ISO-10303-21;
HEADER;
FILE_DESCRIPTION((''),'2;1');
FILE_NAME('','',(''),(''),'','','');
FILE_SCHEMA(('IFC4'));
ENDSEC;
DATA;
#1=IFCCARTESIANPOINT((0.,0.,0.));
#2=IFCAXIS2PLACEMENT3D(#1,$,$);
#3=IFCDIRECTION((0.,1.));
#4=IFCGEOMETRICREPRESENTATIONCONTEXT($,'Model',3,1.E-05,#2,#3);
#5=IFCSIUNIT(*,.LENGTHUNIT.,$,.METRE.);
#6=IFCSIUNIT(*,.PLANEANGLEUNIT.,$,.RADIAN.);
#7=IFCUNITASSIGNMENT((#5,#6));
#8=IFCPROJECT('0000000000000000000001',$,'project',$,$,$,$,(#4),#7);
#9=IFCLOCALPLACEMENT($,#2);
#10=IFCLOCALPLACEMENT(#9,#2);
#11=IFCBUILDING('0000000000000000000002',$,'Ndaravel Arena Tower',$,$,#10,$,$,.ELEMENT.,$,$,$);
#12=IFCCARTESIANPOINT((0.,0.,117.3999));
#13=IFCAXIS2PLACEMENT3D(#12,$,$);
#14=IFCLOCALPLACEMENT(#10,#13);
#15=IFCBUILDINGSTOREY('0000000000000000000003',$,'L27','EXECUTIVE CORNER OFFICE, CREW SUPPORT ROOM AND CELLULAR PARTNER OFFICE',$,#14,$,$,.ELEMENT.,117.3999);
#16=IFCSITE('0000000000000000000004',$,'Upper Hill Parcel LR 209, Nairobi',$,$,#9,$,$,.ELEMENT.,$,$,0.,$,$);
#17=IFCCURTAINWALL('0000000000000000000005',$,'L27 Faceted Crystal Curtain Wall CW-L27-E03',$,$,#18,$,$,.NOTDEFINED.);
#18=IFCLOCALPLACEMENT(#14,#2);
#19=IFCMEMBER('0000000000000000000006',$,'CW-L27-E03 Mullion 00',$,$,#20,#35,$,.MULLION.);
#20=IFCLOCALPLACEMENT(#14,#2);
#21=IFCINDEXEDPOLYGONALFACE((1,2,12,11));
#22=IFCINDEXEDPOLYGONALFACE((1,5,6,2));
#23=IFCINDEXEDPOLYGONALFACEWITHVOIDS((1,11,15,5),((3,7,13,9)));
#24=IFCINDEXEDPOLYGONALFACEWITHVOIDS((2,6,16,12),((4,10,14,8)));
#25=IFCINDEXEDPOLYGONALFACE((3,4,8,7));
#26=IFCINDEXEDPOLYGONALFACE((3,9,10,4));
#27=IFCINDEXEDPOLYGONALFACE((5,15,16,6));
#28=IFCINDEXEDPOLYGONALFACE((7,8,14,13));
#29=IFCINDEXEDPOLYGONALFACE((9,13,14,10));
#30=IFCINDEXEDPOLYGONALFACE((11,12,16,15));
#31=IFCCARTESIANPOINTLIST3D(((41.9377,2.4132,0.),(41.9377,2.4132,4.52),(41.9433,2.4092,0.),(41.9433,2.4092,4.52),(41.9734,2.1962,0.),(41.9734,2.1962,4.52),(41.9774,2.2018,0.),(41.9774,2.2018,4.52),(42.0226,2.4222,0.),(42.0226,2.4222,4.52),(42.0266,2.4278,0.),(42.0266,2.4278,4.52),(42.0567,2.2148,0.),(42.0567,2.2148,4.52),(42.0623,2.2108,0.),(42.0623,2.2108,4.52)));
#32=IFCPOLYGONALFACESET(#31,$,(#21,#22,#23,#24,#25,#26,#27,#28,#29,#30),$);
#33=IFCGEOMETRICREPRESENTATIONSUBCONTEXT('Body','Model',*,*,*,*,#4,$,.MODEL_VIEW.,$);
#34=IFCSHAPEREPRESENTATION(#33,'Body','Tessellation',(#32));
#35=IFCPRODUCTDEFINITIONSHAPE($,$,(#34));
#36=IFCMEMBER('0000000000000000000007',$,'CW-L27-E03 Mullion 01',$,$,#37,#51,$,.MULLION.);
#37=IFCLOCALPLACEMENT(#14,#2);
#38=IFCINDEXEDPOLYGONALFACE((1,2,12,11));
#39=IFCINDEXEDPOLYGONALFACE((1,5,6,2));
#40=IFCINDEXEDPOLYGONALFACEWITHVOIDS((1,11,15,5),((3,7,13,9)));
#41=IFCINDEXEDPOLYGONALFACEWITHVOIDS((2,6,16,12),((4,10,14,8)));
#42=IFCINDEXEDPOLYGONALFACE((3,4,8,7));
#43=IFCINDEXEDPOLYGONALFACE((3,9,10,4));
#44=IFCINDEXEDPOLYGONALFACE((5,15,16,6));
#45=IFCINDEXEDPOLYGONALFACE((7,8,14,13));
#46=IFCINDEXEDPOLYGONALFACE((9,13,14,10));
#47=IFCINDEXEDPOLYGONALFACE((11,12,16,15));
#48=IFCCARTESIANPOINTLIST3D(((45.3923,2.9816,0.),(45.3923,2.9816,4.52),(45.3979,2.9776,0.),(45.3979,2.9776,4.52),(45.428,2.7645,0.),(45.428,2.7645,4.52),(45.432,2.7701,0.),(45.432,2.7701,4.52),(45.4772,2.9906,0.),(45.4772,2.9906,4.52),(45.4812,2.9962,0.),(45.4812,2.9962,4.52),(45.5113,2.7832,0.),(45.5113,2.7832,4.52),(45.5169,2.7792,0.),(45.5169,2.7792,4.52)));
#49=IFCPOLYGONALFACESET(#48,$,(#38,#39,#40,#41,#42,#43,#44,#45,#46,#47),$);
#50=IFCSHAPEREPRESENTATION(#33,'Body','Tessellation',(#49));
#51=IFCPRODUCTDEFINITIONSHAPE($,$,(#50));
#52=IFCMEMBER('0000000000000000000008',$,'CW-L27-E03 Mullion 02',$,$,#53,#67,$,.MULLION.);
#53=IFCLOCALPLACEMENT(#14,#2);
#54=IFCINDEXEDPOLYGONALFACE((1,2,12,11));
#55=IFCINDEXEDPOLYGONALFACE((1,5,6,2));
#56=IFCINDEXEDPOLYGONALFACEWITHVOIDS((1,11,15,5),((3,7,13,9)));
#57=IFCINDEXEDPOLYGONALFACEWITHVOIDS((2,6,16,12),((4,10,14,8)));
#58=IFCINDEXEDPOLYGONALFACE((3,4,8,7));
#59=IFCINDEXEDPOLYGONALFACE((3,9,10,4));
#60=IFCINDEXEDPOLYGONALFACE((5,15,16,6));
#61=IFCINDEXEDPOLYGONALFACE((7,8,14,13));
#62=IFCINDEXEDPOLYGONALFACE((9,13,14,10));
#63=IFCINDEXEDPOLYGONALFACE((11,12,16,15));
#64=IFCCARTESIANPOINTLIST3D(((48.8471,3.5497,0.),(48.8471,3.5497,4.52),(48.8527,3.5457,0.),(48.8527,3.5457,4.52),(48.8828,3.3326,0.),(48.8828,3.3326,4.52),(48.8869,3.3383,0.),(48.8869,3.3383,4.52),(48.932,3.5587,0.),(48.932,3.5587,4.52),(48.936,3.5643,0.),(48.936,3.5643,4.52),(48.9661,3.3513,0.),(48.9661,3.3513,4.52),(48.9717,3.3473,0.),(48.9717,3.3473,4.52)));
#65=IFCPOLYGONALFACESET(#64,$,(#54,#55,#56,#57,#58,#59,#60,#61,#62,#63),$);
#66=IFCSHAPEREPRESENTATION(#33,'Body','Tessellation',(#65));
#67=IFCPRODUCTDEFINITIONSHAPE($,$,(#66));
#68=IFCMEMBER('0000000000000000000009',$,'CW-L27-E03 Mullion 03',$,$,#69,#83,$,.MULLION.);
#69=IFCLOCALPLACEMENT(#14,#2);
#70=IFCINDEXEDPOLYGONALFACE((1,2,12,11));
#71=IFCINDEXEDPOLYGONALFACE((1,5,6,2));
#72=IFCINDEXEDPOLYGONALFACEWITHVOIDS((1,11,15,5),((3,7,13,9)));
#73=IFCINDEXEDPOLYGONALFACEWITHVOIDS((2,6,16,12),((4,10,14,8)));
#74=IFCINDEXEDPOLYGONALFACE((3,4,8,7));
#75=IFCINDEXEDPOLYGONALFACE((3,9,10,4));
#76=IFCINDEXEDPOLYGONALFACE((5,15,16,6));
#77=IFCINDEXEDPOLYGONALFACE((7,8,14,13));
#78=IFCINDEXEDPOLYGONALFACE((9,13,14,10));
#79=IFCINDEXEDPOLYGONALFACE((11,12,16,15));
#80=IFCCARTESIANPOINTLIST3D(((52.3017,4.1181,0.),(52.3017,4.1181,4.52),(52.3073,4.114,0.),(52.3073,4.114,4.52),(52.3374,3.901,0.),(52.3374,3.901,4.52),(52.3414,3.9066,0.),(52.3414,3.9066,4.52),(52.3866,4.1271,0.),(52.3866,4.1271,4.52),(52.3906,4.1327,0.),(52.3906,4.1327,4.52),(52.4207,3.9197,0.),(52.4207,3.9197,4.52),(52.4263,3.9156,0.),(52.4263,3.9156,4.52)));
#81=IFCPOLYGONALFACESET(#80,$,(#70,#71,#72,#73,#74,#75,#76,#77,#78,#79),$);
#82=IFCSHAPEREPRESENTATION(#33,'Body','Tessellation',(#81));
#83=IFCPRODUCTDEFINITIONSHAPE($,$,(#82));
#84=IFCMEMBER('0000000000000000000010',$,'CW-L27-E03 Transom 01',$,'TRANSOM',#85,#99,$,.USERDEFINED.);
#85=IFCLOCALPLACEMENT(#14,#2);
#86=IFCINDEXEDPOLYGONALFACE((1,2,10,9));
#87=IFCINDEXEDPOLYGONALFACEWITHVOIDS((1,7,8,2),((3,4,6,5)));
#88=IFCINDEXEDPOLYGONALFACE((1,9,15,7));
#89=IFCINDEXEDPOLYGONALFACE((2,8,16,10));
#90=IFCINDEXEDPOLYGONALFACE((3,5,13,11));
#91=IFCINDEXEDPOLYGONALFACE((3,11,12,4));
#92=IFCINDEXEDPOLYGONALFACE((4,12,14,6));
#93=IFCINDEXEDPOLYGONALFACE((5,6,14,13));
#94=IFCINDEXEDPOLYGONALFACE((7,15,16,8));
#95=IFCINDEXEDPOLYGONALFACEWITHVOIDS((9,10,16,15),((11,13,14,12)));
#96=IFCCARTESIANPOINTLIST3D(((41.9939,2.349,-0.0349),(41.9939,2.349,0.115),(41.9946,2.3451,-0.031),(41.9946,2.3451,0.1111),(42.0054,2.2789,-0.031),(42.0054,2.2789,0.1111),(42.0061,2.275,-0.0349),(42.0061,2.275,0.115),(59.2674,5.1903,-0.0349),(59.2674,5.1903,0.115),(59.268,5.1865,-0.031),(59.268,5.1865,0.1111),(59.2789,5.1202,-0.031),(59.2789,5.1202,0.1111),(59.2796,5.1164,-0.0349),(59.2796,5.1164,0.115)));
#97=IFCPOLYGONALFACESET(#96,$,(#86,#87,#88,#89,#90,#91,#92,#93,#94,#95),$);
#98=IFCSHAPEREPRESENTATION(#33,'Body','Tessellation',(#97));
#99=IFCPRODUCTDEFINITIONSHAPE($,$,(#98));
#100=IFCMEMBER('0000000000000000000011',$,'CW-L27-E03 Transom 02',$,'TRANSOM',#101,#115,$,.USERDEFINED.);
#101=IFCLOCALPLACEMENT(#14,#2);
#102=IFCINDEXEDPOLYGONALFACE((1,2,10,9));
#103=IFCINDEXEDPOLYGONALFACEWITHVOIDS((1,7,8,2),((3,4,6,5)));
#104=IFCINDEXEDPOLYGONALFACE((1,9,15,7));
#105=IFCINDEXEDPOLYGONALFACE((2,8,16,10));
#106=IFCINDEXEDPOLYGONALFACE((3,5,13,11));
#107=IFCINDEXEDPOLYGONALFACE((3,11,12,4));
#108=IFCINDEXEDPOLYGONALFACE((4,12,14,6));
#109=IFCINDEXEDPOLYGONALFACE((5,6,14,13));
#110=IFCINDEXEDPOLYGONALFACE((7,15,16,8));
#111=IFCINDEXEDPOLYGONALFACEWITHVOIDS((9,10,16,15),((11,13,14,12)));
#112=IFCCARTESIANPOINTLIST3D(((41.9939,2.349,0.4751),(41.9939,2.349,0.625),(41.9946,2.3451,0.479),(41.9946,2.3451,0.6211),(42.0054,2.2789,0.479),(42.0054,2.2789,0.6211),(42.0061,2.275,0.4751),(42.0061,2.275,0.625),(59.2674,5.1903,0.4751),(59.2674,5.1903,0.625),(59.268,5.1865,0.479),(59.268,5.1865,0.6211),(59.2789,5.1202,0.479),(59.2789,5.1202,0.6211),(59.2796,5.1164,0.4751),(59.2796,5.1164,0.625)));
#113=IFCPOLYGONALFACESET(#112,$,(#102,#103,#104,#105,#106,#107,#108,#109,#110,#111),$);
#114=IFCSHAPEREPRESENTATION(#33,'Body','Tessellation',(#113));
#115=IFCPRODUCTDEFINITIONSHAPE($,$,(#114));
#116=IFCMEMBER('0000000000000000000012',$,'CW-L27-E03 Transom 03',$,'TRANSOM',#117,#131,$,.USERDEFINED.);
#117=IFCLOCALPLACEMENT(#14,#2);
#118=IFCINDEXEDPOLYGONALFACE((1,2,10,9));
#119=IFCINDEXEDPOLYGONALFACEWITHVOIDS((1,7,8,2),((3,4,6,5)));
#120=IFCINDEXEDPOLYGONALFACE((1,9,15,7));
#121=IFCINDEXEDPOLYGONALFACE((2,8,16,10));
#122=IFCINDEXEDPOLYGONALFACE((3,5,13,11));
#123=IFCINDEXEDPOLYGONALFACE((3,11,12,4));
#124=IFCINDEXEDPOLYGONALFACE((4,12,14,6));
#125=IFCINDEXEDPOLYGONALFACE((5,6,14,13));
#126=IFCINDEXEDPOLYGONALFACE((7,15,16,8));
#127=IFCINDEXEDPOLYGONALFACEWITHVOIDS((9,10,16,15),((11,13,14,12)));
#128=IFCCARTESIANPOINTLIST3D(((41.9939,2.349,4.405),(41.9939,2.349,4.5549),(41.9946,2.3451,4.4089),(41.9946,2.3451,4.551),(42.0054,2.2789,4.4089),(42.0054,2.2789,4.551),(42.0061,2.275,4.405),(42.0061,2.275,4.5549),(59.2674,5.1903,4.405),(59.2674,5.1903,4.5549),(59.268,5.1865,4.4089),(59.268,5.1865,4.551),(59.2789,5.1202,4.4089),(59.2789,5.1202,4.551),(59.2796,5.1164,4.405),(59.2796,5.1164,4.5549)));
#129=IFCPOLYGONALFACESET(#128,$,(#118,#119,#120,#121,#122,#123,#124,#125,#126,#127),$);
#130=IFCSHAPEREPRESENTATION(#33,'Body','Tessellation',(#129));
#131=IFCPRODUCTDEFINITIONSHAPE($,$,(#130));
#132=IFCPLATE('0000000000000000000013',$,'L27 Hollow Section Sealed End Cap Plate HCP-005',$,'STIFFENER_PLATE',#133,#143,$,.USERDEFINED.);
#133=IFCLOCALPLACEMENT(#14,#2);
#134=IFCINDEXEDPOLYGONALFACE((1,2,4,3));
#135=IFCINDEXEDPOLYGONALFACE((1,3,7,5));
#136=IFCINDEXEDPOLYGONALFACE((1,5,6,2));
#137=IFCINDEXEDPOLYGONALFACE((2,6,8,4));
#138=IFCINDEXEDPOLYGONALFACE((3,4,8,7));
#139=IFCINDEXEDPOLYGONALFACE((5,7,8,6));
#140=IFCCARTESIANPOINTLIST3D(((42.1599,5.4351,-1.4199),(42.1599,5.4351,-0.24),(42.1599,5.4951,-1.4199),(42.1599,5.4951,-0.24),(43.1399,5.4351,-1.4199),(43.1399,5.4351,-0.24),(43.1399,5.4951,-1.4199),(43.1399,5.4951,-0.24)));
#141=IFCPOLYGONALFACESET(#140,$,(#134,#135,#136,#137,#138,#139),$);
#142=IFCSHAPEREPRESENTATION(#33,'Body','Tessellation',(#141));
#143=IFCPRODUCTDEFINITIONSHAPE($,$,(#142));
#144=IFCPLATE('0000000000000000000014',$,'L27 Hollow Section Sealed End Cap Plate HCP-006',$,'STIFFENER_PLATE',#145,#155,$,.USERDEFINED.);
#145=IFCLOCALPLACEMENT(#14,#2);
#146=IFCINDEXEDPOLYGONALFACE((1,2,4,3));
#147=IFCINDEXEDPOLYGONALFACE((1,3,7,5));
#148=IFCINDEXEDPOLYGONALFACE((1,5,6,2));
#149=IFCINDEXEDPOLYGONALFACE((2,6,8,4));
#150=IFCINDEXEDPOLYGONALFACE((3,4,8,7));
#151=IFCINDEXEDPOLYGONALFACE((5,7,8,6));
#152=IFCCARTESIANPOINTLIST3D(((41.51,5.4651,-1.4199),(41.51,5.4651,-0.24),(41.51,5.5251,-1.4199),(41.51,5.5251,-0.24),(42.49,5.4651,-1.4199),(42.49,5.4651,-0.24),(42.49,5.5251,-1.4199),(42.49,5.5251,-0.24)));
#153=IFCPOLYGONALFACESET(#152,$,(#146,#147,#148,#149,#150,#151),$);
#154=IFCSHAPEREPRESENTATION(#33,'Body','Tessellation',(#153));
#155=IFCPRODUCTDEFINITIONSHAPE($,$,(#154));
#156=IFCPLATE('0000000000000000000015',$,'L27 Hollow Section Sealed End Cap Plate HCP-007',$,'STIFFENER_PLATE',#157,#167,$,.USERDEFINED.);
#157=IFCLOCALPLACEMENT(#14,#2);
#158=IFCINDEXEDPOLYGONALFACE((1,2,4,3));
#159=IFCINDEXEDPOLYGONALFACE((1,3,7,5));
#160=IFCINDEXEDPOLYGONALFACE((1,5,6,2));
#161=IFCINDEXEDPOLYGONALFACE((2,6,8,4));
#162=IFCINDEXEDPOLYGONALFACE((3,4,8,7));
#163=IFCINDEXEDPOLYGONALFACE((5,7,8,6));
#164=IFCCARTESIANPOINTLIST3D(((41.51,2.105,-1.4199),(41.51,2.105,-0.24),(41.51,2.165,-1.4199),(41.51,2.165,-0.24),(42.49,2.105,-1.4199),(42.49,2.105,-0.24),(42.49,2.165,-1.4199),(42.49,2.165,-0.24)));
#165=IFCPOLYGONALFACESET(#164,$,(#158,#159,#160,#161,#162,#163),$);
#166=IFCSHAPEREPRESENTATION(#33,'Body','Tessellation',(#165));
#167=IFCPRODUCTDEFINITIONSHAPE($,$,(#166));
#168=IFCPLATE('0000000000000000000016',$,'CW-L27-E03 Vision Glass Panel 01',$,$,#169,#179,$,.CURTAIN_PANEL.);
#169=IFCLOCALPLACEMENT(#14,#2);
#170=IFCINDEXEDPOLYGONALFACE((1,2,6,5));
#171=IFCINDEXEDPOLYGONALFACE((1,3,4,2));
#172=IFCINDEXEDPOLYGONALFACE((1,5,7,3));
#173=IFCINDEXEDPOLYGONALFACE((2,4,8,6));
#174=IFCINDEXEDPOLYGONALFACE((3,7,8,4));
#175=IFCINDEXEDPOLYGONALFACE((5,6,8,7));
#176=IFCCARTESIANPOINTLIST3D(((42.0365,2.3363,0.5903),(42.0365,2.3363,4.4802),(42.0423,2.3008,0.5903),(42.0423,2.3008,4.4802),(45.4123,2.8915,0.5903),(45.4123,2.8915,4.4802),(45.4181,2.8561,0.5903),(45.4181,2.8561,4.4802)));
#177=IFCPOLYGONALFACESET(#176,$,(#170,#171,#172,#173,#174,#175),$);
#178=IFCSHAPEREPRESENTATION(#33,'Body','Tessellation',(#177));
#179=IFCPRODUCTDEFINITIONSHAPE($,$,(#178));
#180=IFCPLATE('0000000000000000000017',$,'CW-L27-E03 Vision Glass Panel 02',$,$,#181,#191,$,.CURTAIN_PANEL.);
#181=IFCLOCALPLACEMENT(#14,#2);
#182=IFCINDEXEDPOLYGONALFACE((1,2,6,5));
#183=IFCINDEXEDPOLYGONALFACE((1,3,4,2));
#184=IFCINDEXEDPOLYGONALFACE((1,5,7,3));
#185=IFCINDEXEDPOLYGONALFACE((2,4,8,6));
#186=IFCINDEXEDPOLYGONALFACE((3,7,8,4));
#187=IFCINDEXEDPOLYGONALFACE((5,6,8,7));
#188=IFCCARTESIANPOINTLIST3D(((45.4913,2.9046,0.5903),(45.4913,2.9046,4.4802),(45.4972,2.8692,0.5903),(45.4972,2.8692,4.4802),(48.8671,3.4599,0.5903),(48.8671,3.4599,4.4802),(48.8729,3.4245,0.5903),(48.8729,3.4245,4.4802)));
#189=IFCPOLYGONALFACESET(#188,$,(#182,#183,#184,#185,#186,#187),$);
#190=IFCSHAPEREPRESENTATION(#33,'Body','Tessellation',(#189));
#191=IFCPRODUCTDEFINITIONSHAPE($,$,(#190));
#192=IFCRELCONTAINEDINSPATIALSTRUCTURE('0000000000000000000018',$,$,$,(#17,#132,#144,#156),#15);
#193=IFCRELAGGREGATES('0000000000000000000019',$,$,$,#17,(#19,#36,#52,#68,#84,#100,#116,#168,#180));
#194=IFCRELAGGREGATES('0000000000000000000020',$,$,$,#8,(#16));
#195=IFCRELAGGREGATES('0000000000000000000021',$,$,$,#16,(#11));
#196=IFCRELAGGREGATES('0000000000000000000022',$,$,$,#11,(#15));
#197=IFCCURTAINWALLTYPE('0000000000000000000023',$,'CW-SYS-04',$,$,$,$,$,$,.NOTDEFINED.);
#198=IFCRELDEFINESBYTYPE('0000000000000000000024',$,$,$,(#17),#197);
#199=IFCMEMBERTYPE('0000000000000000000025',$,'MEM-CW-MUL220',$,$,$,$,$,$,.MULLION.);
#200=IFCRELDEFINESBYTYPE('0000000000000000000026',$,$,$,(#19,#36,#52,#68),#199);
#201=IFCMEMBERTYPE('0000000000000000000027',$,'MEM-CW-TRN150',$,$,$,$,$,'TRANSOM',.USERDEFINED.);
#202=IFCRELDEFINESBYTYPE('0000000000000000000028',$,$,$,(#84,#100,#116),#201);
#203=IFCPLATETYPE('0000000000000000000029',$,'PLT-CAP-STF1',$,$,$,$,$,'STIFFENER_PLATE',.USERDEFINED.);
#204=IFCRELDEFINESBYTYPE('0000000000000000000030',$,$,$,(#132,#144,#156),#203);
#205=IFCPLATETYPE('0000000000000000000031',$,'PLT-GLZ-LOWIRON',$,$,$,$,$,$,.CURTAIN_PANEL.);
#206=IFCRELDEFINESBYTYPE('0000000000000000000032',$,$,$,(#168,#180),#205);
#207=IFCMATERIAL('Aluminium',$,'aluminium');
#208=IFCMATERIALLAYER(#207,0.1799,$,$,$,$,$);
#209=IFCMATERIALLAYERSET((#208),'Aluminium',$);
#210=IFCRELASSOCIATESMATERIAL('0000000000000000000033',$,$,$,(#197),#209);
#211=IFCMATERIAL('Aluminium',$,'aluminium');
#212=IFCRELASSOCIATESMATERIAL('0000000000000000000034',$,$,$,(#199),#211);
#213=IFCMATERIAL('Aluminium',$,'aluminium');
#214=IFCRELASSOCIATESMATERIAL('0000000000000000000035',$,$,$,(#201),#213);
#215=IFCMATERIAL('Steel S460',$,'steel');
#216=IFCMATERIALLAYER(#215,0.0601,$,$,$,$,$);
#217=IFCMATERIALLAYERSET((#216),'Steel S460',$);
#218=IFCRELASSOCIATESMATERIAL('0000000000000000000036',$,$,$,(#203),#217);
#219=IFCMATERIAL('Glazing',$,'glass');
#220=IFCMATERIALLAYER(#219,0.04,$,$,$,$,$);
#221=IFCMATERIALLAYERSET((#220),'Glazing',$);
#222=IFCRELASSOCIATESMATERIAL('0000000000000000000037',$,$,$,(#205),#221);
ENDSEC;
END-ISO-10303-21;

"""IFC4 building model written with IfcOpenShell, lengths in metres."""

from ifc_helpers import new_model, si_unit, direction, frame, origin, origin_2d, place, context, subcontext, project, spatial, rectangle, hollow_rectangle, extrude, material, layer, layer_set, material_profile, profile_set, type_object, element, aggregate, save


model = new_model("IFC4")

# Units and contexts
model_context = context("Model", 3, precision=1e-05, world=origin(), true_north=direction((0.0, 1.0)))
body_context = subcontext(model_context, "Body", "Model", "MODEL_VIEW")
ifc_project = project(units=[si_unit("LENGTHUNIT", "METRE"), si_unit("PLANEANGLEUNIT", "RADIAN")], contexts=[model_context])

# Site, building, storey
site_placement = place(None, origin())
site = spatial("IfcSite", under=ifc_project, at=site_placement, Name="Upper Hill Parcel LR 209, Nairobi", CompositionType="ELEMENT", RefElevation=0.0)
building_placement = place(site_placement, origin())
building = spatial("IfcBuilding", under=site, at=building_placement, Name="Ndaravel Arena Tower", CompositionType="ELEMENT")
storey_placement = place(building_placement, frame((0.0, 0.0, 117.3999)))
storey = spatial("IfcBuildingStorey", under=building, at=storey_placement, Name="L27", Description="EXECUTIVE CORNER OFFICE, CREW SUPPORT ROOM AND CELLULAR PARTNER OFFICE", CompositionType="ELEMENT", Elevation=117.3999)

# Curtain wall, members
ifc_material_1 = material(Name="Aluminium", Category="aluminium")
ifc_layer_1 = layer(ifc_material_1, 0.1799)
ifc_layer_set_1 = layer_set([ifc_layer_1], Name="Aluminium")
curtain_wall_type = type_object("IfcCurtainWallType", Name="CW-SYS-04", PredefinedType="NOTDEFINED", material=ifc_layer_set_1)
curtain_wall_placement = place(storey_placement, origin())
curtain_wall = element("IfcCurtainWall", 1, at=curtain_wall_placement, inside=storey, type_object=curtain_wall_type, Name="L27 Faceted Crystal Curtain Wall CW-L27-E03", PredefinedType="NOTDEFINED")
ifc_material_2 = material(Name="Aluminium", Category="aluminium")
ifc_material_profile_1 = material_profile(ifc_material_2, hollow_rectangle(XDim=0.0901, YDim=0.22, WallThickness=0.0049, at=origin_2d()), Name="CW MULLION 90x220x5")
ifc_profile_set_1 = profile_set([ifc_material_profile_1], Name="Aluminium")
member_type_1 = type_object("IfcMemberType", Name="MEM-CW-MUL220", PredefinedType="MULLION", material=ifc_profile_set_1)
member_1_placement = place(storey_placement, frame((42.0, 2.312, 0.0), z_axis=(0.0, 0.0, 1.0), x_axis=(0.98674, 0.16231, 0.0)))
member_1 = element("IfcMember", 2, at=member_1_placement, type_object=member_type_1, Name="CW-L27-E03 Mullion 00", PredefinedType="MULLION", context=body_context, shape_type="SweptSolid", body=[
    extrude(hollow_rectangle(XDim=0.0901, YDim=0.22, WallThickness=0.0049, at=origin_2d()), origin(), (0.0, 0.0, 1.0), 4.52),
])
member_2_placement = place(storey_placement, frame((45.4546, 2.8804, 0.0), z_axis=(0.0, 0.0, 1.0), x_axis=(0.98674, 0.16231, 0.0)))
member_2 = element("IfcMember", 3, at=member_2_placement, type_object=member_type_1, Name="CW-L27-E03 Mullion 01", PredefinedType="MULLION", context=body_context, shape_type="SweptSolid", body=[
    extrude(hollow_rectangle(XDim=0.0901, YDim=0.22, WallThickness=0.0049, at=origin_2d()), origin(), (0.0, 0.0, 1.0), 4.52),
])
member_3_placement = place(storey_placement, frame((48.9094, 3.4485, 0.0), z_axis=(0.0, 0.0, 1.0), x_axis=(0.98674, 0.16231, 0.0)))
member_3 = element("IfcMember", 4, at=member_3_placement, type_object=member_type_1, Name="CW-L27-E03 Mullion 02", PredefinedType="MULLION", context=body_context, shape_type="SweptSolid", body=[
    extrude(hollow_rectangle(XDim=0.0901, YDim=0.22, WallThickness=0.0049, at=origin_2d()), origin(), (0.0, 0.0, 1.0), 4.52),
])
member_4_placement = place(storey_placement, frame((52.364, 4.0168, 0.0), z_axis=(0.0, 0.0, 1.0), x_axis=(0.98674, 0.16231, 0.0)))
member_4 = element("IfcMember", 5, at=member_4_placement, type_object=member_type_1, Name="CW-L27-E03 Mullion 03", PredefinedType="MULLION", context=body_context, shape_type="SweptSolid", body=[
    extrude(hollow_rectangle(XDim=0.0901, YDim=0.22, WallThickness=0.0049, at=origin_2d()), origin(), (0.0, 0.0, 1.0), 4.52),
])
ifc_material_3 = material(Name="Aluminium", Category="aluminium")
ifc_material_profile_2 = material_profile(ifc_material_3, hollow_rectangle(XDim=0.075, YDim=0.1499, WallThickness=0.0039, at=origin_2d()), Name="CW TRANSOM 75x150x4")
ifc_profile_set_2 = profile_set([ifc_material_profile_2], Name="Aluminium")
member_type_2 = type_object("IfcMemberType", Name="MEM-CW-TRN150", ElementType="TRANSOM", PredefinedType="USERDEFINED", material=ifc_profile_set_2)
member_5_placement = place(storey_placement, frame((42.0, 2.312, 0.04), z_axis=(0.98674, 0.162309, 0.0), x_axis=(-0.162309, 0.98674, 0.0)))
member_5 = element("IfcMember", 6, at=member_5_placement, type_object=member_type_2, Name="CW-L27-E03 Transom 01", ObjectType="TRANSOM", PredefinedType="USERDEFINED", context=body_context, shape_type="SweptSolid", body=[
    extrude(hollow_rectangle(XDim=0.075, YDim=0.1499, WallThickness=0.0039, at=origin_2d()), origin(), (0.0, 0.0, 1.0), 17.5056),
])
member_6_placement = place(storey_placement, frame((42.0, 2.312, 0.55), z_axis=(0.98674, 0.162309, 0.0), x_axis=(-0.162309, 0.98674, 0.0)))
member_6 = element("IfcMember", 7, at=member_6_placement, type_object=member_type_2, Name="CW-L27-E03 Transom 02", ObjectType="TRANSOM", PredefinedType="USERDEFINED", context=body_context, shape_type="SweptSolid", body=[
    extrude(hollow_rectangle(XDim=0.075, YDim=0.1499, WallThickness=0.0039, at=origin_2d()), origin(), (0.0, 0.0, 1.0), 17.5056),
])
member_7_placement = place(storey_placement, frame((42.0, 2.312, 4.48), z_axis=(0.98674, 0.162309, 0.0), x_axis=(-0.162309, 0.98674, 0.0)))
member_7 = element("IfcMember", 8, at=member_7_placement, type_object=member_type_2, Name="CW-L27-E03 Transom 03", ObjectType="TRANSOM", PredefinedType="USERDEFINED", context=body_context, shape_type="SweptSolid", body=[
    extrude(hollow_rectangle(XDim=0.075, YDim=0.1499, WallThickness=0.0039, at=origin_2d()), origin(), (0.0, 0.0, 1.0), 17.5056),
])

# Plates
ifc_material_4 = material(Name="Steel S460", Category="steel")
ifc_layer_2 = layer(ifc_material_4, 0.0601)
ifc_layer_set_2 = layer_set([ifc_layer_2], Name="Steel S460")
plate_type_1 = type_object("IfcPlateType", Name="PLT-CAP-STF1", ElementType="STIFFENER_PLATE", PredefinedType="USERDEFINED", material=ifc_layer_set_2)
for number, where, z_axis, x_axis, name in (
    (9, (42.6499, 5.4651, -1.4199), (0.0, 0.0, 1.0), (0.0, -1.0, 0.0), "L27 Hollow Section Sealed End Cap Plate HCP-005"),
    (10, (42.0, 5.4951, -1.4199), (0.0, 0.0, 1.0), (0.0, -1.0, 0.0), "L27 Hollow Section Sealed End Cap Plate HCP-006"),
    (11, (42.0, 2.135, -1.4199), (0.0, 0.0, 1.0), (0.0, -1.0, 0.0), "L27 Hollow Section Sealed End Cap Plate HCP-007"),
):
    element("IfcPlate", number, at=place(storey_placement, frame(where, z_axis=z_axis, x_axis=x_axis)), inside=storey, type_object=plate_type_1, Name=name, ObjectType="STIFFENER_PLATE", PredefinedType="USERDEFINED", context=body_context, shape_type="SweptSolid", body=[
        extrude(rectangle(XDim=0.0601, YDim=0.98, at=origin_2d()), origin(), (0.0, 0.0, 1.0), 1.1799),
    ])

# Plates
ifc_material_5 = material(Name="Glazing", Category="glass")
ifc_layer_3 = layer(ifc_material_5, 0.04)
ifc_layer_set_3 = layer_set([ifc_layer_3], Name="Glazing")
plate_type_2 = type_object("IfcPlateType", Name="PLT-GLZ-LOWIRON", PredefinedType="CURTAIN_PANEL", material=ifc_layer_set_3)
plate_1_placement = place(storey_placement, frame((43.7273, 2.5962, 0.5903), z_axis=(0.0, 0.0, 1.0), x_axis=(0.98674, 0.16231, 0.0)))
plate_1 = element("IfcPlate", 12, at=plate_1_placement, type_object=plate_type_2, Name="CW-L27-E03 Vision Glass Panel 01", PredefinedType="CURTAIN_PANEL", context=body_context, shape_type="SweptSolid", body=[
    extrude(rectangle(XDim=3.4211, YDim=0.0359, at=origin_2d()), origin(), (0.0, 0.0, 1.0), 3.8899),
])
plate_2_placement = place(storey_placement, frame((47.1821, 3.1646, 0.5903), z_axis=(0.0, 0.0, 1.0), x_axis=(0.98674, 0.16231, 0.0)))
plate_2 = element("IfcPlate", 13, at=plate_2_placement, type_object=plate_type_2, Name="CW-L27-E03 Vision Glass Panel 02", PredefinedType="CURTAIN_PANEL", context=body_context, shape_type="SweptSolid", body=[
    extrude(rectangle(XDim=3.4211, YDim=0.0359, at=origin_2d()), origin(), (0.0, 0.0, 1.0), 3.8899),
])
aggregate(curtain_wall, [member_1, member_2, member_3, member_4, member_5, member_6, member_7, plate_1, plate_2])

save(model, "model.ifc")
